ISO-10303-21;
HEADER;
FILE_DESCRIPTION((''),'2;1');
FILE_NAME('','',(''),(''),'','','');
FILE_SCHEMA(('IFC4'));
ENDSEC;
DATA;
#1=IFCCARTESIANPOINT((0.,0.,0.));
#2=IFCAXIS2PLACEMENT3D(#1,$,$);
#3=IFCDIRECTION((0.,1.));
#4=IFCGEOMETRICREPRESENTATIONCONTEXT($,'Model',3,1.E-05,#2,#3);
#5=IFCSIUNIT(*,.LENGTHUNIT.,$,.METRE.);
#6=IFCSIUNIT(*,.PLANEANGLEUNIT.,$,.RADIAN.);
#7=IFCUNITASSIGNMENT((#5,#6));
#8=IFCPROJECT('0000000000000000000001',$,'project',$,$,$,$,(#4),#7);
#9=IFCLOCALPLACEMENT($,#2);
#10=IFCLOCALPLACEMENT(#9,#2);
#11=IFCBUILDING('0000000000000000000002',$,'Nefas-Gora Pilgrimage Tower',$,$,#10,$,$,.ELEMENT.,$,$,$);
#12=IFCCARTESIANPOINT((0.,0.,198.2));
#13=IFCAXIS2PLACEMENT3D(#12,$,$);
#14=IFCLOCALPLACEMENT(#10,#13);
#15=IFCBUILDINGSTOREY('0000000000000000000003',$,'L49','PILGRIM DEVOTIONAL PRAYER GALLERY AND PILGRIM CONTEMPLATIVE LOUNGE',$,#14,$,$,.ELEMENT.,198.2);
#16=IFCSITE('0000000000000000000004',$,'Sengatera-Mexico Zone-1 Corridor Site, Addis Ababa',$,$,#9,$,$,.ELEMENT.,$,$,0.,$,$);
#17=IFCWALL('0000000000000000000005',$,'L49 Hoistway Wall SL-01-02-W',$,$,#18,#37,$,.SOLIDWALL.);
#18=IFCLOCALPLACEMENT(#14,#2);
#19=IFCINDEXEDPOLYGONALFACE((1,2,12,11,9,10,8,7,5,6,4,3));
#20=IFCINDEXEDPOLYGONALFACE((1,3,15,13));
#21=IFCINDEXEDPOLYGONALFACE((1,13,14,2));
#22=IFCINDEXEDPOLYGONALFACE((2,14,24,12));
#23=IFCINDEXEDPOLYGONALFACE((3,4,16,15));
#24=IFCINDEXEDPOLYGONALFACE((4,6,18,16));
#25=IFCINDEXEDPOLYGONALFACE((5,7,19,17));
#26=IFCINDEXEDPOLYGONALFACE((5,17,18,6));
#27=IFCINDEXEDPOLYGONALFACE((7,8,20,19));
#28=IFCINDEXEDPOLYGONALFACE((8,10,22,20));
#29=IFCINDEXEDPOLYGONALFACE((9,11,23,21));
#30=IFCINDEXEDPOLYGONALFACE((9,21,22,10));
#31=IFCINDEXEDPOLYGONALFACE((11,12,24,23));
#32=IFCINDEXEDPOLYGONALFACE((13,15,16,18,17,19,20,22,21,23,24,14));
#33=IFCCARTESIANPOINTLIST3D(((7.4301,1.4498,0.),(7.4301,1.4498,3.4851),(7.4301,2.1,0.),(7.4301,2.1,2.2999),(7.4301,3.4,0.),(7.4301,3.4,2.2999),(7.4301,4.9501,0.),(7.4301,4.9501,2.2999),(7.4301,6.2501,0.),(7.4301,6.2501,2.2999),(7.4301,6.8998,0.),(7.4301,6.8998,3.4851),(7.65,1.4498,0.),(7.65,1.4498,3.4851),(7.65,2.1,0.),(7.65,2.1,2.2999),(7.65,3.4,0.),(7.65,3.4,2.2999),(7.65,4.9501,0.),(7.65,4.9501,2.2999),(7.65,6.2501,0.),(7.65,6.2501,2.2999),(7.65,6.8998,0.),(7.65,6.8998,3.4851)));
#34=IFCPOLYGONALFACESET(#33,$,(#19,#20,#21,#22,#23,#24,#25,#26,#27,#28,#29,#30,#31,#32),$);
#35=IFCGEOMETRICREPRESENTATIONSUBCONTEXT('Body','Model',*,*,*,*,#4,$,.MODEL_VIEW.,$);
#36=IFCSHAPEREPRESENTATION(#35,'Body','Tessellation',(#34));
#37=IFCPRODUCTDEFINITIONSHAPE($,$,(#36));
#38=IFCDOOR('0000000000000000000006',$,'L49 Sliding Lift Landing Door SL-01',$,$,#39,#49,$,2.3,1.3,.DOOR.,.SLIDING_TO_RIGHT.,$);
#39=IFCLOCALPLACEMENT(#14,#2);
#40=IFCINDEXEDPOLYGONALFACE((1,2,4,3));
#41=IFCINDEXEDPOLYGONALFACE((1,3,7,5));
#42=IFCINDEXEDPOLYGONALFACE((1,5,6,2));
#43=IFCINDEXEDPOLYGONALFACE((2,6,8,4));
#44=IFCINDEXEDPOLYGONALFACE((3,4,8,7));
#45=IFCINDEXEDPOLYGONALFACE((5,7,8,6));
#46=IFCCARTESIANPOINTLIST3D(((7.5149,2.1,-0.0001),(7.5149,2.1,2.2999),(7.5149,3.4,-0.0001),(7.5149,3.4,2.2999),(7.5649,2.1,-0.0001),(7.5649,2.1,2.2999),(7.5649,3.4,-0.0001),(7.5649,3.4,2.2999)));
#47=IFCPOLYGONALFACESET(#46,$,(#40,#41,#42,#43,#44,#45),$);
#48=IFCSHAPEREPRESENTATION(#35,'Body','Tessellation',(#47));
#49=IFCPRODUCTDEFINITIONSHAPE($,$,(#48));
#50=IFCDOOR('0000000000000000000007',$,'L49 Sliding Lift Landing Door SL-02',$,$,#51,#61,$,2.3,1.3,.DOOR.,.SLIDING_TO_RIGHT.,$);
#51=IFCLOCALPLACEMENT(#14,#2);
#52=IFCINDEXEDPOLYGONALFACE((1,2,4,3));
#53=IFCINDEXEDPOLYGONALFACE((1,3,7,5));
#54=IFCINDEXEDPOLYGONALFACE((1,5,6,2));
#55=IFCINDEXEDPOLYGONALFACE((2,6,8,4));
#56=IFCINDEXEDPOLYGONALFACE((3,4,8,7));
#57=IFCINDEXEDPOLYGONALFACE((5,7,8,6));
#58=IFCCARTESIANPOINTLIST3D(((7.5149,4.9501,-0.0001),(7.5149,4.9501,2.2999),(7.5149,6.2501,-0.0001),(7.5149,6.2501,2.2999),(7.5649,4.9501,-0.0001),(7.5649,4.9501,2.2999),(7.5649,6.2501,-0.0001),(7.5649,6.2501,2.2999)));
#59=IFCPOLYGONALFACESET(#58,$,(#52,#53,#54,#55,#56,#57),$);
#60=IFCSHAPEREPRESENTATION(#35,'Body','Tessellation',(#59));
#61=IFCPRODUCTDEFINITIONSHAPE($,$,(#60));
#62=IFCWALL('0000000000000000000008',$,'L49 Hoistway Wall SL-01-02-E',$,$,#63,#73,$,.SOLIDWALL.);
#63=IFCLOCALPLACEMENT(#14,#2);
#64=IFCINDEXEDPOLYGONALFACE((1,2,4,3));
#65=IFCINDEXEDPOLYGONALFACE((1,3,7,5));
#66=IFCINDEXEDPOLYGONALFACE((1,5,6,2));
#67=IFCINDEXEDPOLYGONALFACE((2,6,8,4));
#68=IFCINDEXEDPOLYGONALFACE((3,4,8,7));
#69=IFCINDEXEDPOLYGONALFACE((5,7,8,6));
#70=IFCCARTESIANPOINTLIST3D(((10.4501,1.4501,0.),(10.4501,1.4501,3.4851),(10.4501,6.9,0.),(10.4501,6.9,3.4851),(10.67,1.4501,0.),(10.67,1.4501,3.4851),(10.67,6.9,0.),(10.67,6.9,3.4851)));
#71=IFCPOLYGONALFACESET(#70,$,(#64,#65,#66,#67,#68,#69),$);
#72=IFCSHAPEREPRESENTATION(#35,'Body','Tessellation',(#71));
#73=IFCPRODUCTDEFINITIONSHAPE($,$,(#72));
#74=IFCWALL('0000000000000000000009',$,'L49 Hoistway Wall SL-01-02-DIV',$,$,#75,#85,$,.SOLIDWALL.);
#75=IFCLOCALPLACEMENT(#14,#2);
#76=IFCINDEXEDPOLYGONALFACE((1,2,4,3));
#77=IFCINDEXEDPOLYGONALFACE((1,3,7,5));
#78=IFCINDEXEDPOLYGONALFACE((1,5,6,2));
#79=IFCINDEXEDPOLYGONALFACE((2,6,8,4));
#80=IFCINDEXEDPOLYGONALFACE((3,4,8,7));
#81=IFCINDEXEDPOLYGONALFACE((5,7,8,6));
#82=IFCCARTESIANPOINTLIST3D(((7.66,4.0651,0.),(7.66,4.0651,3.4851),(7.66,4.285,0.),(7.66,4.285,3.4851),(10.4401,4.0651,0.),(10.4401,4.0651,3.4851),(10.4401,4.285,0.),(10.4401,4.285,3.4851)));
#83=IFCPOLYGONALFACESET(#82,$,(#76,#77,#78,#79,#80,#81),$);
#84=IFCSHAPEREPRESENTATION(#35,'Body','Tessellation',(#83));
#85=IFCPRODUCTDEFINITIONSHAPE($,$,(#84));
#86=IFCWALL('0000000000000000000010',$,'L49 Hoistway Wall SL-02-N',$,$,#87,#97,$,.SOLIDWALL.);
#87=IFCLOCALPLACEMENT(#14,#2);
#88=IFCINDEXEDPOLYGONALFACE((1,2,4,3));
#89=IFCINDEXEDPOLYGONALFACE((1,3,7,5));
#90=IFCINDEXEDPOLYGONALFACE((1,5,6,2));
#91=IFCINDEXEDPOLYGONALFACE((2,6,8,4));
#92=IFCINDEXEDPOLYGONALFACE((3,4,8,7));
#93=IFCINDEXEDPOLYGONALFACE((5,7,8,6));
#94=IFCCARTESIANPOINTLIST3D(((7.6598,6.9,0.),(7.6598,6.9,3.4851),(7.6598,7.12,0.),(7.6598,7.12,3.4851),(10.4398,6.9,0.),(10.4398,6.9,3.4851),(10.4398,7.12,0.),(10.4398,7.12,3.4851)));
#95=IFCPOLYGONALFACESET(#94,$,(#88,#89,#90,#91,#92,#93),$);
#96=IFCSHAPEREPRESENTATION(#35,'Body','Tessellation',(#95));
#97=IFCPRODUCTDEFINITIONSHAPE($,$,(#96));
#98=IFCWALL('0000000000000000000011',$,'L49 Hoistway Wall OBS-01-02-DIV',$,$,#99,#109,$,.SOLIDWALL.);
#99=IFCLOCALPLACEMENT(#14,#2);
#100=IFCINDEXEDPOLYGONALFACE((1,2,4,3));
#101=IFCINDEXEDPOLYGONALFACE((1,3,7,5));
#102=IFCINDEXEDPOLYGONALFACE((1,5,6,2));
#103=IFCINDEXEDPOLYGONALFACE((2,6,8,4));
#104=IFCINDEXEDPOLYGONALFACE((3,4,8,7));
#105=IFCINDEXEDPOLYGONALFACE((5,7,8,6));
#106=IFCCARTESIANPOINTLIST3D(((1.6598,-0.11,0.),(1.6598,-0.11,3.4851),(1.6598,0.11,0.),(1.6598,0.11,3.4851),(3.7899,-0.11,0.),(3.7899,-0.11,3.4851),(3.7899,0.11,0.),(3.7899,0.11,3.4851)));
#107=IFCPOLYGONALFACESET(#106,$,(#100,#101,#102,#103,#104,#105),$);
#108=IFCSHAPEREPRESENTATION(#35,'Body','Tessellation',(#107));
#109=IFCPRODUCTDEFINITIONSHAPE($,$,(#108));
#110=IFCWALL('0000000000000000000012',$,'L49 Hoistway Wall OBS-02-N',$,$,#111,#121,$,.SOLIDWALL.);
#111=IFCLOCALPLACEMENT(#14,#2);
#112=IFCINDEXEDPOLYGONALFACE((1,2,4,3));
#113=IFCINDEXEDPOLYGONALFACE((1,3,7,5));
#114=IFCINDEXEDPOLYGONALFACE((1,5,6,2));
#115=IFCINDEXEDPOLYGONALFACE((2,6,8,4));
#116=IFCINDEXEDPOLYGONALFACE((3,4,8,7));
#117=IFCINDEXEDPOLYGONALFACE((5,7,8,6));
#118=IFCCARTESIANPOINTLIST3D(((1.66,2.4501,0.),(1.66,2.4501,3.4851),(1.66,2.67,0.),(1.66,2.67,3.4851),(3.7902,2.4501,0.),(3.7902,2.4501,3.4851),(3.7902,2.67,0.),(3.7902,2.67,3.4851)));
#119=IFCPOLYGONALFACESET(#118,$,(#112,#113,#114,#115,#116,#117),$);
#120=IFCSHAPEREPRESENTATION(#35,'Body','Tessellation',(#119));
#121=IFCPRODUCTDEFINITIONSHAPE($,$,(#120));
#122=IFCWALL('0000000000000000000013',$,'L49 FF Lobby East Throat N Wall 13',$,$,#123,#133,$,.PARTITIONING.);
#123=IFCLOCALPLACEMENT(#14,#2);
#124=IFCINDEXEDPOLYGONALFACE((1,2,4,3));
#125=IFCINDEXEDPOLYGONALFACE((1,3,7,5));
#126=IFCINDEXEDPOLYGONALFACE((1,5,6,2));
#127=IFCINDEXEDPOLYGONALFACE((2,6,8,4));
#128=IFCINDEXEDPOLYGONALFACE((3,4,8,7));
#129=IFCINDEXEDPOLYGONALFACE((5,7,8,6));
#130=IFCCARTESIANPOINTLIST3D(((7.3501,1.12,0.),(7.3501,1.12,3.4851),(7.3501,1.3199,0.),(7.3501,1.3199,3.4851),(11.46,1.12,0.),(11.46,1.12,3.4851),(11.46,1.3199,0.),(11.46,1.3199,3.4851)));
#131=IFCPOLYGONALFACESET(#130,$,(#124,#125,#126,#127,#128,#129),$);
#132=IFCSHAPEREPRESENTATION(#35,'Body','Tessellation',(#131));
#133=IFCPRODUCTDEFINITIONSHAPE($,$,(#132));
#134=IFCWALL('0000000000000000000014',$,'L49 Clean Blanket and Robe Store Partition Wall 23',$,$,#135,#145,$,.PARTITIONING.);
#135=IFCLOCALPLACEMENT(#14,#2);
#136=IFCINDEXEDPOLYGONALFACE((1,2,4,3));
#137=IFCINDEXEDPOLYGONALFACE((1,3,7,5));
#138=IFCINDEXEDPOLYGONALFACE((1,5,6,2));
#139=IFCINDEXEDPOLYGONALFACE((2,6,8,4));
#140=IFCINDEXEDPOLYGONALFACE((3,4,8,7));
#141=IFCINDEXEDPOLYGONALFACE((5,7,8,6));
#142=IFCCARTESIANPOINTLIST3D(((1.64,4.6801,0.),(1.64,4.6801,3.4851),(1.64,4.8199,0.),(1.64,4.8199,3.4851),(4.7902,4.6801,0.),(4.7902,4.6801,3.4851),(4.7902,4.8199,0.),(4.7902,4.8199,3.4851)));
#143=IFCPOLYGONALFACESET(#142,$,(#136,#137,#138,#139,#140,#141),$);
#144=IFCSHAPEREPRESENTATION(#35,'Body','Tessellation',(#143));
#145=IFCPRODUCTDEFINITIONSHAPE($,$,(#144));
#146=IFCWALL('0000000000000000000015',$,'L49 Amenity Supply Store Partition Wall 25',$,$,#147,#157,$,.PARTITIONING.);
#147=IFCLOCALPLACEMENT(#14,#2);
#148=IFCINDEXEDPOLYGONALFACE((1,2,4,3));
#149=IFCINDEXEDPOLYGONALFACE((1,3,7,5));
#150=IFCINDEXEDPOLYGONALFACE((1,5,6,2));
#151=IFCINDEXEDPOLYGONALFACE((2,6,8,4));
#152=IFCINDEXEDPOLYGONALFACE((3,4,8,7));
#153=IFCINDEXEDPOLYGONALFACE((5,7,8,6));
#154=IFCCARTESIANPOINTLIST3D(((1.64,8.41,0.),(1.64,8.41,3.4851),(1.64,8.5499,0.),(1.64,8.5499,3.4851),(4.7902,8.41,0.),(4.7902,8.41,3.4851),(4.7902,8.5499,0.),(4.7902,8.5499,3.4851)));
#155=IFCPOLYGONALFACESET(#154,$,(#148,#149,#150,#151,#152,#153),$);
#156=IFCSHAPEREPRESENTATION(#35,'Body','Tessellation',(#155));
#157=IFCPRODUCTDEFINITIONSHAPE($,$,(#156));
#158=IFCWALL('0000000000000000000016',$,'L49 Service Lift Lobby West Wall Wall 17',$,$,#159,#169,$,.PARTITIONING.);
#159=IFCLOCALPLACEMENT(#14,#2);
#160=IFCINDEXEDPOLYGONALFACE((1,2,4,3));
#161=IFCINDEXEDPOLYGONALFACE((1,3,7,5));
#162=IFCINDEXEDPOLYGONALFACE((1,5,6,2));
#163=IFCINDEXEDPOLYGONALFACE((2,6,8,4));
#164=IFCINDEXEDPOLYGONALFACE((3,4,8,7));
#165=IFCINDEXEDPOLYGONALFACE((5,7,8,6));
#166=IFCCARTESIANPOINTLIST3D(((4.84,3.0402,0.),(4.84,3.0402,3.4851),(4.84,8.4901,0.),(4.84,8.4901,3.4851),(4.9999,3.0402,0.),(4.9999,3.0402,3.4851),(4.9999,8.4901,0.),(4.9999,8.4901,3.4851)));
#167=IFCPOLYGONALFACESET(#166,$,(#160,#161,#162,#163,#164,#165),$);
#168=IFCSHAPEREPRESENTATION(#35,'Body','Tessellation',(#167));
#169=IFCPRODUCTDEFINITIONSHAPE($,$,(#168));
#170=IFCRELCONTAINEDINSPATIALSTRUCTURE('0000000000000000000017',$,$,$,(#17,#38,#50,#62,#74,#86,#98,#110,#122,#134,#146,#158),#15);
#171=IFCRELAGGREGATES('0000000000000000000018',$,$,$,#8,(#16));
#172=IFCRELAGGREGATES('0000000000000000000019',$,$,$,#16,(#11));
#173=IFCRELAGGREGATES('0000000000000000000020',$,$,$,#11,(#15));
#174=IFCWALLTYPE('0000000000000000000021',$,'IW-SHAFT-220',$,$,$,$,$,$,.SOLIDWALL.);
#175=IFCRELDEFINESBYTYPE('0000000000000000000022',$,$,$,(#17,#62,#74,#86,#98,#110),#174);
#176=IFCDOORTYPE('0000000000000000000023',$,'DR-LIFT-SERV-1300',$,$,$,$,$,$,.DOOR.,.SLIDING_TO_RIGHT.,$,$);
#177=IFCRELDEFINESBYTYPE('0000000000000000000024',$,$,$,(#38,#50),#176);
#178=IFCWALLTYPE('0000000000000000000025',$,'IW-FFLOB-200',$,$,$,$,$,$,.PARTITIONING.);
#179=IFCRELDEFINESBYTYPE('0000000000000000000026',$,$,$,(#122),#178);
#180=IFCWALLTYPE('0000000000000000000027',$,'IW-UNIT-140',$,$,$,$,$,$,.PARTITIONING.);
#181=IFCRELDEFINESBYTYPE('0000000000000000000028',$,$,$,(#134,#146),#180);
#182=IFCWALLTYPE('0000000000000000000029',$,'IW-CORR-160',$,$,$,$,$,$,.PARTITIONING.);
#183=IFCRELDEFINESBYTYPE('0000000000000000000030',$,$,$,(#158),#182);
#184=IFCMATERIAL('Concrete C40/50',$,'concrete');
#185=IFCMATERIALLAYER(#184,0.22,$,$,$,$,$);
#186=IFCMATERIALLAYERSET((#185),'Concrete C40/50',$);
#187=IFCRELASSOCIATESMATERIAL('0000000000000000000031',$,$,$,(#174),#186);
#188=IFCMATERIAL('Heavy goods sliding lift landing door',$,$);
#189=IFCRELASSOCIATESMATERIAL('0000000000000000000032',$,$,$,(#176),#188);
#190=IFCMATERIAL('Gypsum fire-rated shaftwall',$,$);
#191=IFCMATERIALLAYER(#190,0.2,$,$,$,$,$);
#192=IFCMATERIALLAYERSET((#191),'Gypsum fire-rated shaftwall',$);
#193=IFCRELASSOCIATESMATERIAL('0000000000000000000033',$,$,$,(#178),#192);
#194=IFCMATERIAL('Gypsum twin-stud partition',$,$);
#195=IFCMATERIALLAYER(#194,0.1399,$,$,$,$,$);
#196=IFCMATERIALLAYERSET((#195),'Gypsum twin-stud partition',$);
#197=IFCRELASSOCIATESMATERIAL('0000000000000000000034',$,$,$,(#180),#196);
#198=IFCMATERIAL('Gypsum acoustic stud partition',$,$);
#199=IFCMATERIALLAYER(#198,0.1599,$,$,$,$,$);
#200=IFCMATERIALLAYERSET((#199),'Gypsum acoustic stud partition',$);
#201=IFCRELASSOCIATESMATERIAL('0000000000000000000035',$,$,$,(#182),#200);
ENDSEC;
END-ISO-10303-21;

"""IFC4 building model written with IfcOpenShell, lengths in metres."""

from ifc_helpers import new_model, si_unit, direction, frame, frame_2d, origin, place, context, subcontext, project, spatial, rectangle, extrude, source, transform, mapped, material, layer, layer_set, type_object, element, fill, save


model = new_model("IFC4")

# Units and contexts
model_context = context("Model", 3, precision=1e-05, world=origin(), true_north=direction((0.0, 1.0)))
body_context = subcontext(model_context, "Body", "Model", "MODEL_VIEW")
ifc_project = project(units=[si_unit("LENGTHUNIT", "METRE"), si_unit("PLANEANGLEUNIT", "RADIAN")], contexts=[model_context])

# Site, building, storey
site_placement = place(None, origin())
site = spatial("IfcSite", under=ifc_project, at=site_placement, Name="Sengatera-Mexico Zone-1 Corridor Site, Addis Ababa", CompositionType="ELEMENT", RefElevation=0.0)
building_placement = place(site_placement, origin())
building = spatial("IfcBuilding", under=site, at=building_placement, Name="Nefas-Gora Pilgrimage Tower", CompositionType="ELEMENT")
storey_placement = place(building_placement, frame((0.0, 0.0, 198.2)))
storey = spatial("IfcBuildingStorey", under=building, at=storey_placement, Name="L49", Description="PILGRIM DEVOTIONAL PRAYER GALLERY AND PILGRIM CONTEMPLATIVE LOUNGE", CompositionType="ELEMENT", Elevation=198.2)

# Wall, openings, doors
ifc_material_1 = material(Name="Concrete C40/50", Category="concrete")
ifc_layer_1 = layer(ifc_material_1, 0.22)
ifc_layer_set_1 = layer_set([ifc_layer_1], Name="Concrete C40/50")
wall_type_1 = type_object("IfcWallType", Name="IW-SHAFT-220", PredefinedType="SOLIDWALL", material=ifc_layer_set_1)
shared_shape_1 = source(origin(), body_context, "Body", "SweptSolid", [
    extrude(rectangle(XDim=5.45, YDim=0.22, at=frame_2d((2.7251, 0.0))), origin(), (0.0, 0.0, 1.0), 3.4851),
])
wall_1_placement = place(storey_placement, frame((7.54, 6.8999, 0.0), z_axis=(0.0, 0.0, 1.0), x_axis=(0.0, -1.0, 0.0)))
wall_1 = element("IfcWall", 1, at=wall_1_placement, inside=storey, type_object=wall_type_1, Name="L49 Hoistway Wall SL-01-02-W", PredefinedType="SOLIDWALL", context=body_context, shape_type="MappedRepresentation", body=[
    mapped(shared_shape_1, transform((0.0, 0.0, 0.0), x_axis=(1.0, 0.0, 0.0), y_axis=(0.0, 1.0, 0.0), z_axis=(0.0, 0.0, 1.0), scale=1.0)),
])
opening_1_placement = place(wall_1_placement, frame((3.5, 0.0, 0.0)))
opening_1 = element("IfcOpeningElement", 2, at=opening_1_placement, cuts=wall_1, PredefinedType="OPENING", context=body_context, shape_type="SweptSolid", body=[
    extrude(rectangle(XDim=1.3, YDim=2.3, at=frame_2d((0.6499, 1.1499))), frame((0.0, 0.1199, 0.0), z_axis=(0.0, -1.0, 0.0), x_axis=(1.0, 0.0, 0.0)), (0.0, 0.0, 1.0), 0.24),
])
opening_2_placement = place(wall_1_placement, frame((0.6499, 0.0, 0.0)))
opening_2 = element("IfcOpeningElement", 3, at=opening_2_placement, cuts=wall_1, PredefinedType="OPENING", context=body_context, shape_type="SweptSolid", body=[
    extrude(rectangle(XDim=1.3, YDim=2.3, at=frame_2d((0.6499, 1.1499))), frame((0.0, 0.1199, 0.0), z_axis=(0.0, -1.0, 0.0), x_axis=(1.0, 0.0, 0.0)), (0.0, 0.0, 1.0), 0.24),
])
ifc_material_2 = material(Name="Heavy goods sliding lift landing door")
door_type_1 = type_object("IfcDoorType", Name="DR-LIFT-SERV-1300", OperationType="SLIDING_TO_RIGHT", PredefinedType="DOOR", material=ifc_material_2)
shared_shape_2 = source(origin(), body_context, "Body", "SweptSolid", [
    extrude(rectangle(XDim=1.3, YDim=2.3, at=frame_2d((0.6499, 1.1499))), frame((0.0, 0.0249, 0.0), z_axis=(0.0, -1.0, 0.0), x_axis=(1.0, 0.0, 0.0)), (0.0, 0.0, 1.0), 0.05),
])
door_1_placement = place(opening_1_placement, origin())
door_1 = element("IfcDoor", 4, at=door_1_placement, inside=storey, type_object=door_type_1, Name="L49 Sliding Lift Landing Door SL-01", OperationType="SLIDING_TO_RIGHT", OverallHeight=2.3, OverallWidth=1.3, PredefinedType="DOOR", context=body_context, shape_type="MappedRepresentation", body=[
    mapped(shared_shape_2, transform((0.0, 0.0, 0.0), x_axis=(1.0, 0.0, 0.0), y_axis=(0.0, 1.0, 0.0), z_axis=(0.0, 0.0, 1.0), scale=1.0)),
])
fill(opening_1, door_1)
door_2_placement = place(opening_2_placement, origin())
door_2 = element("IfcDoor", 5, at=door_2_placement, inside=storey, type_object=door_type_1, Name="L49 Sliding Lift Landing Door SL-02", OperationType="SLIDING_TO_RIGHT", OverallHeight=2.3, OverallWidth=1.3, PredefinedType="DOOR", context=body_context, shape_type="MappedRepresentation", body=[
    mapped(shared_shape_2, transform((0.0, 0.0, 0.0), x_axis=(1.0, 0.0, 0.0), y_axis=(0.0, 1.0, 0.0), z_axis=(0.0, 0.0, 1.0), scale=1.0)),
])
fill(opening_2, door_2)

# Walls
wall_2_placement = place(storey_placement, frame((10.5601, 1.45, 0.0), z_axis=(0.0, 0.0, 1.0), x_axis=(0.0, 1.0, 0.0)))
element("IfcWall", 6, at=wall_2_placement, inside=storey, type_object=wall_type_1, Name="L49 Hoistway Wall SL-01-02-E", PredefinedType="SOLIDWALL", context=body_context, shape_type="MappedRepresentation", body=[
    mapped(shared_shape_1, transform((0.0, 0.0, 0.0), x_axis=(1.0, 0.0, 0.0), y_axis=(0.0, 1.0, 0.0), z_axis=(0.0, 0.0, 1.0), scale=1.0)),
])
shared_shape_3 = source(origin(), body_context, "Body", "SweptSolid", [
    extrude(rectangle(XDim=2.78, YDim=0.22, at=frame_2d((1.3901, 0.0))), origin(), (0.0, 0.0, 1.0), 3.4851),
])
for number, where, z_axis, x_axis, name in (
    (7, (7.6599, 4.175, 0.0), (0.0, 0.0, 1.0), (1.0, 0.0, 0.0), "L49 Hoistway Wall SL-01-02-DIV"),
    (8, (10.4399, 7.01, 0.0), (0.0, 0.0, 1.0), (-1.0, 0.0, 0.0), "L49 Hoistway Wall SL-02-N"),
):
    element("IfcWall", number, at=place(storey_placement, frame(where, z_axis=z_axis, x_axis=x_axis)), inside=storey, type_object=wall_type_1, Name=name, PredefinedType="SOLIDWALL", context=body_context, shape_type="MappedRepresentation", body=[
        mapped(shared_shape_3, transform((0.0, 0.0, 0.0), x_axis=(1.0, 0.0, 0.0), y_axis=(0.0, 1.0, 0.0), z_axis=(0.0, 0.0, 1.0), scale=1.0)),
    ])
shared_shape_4 = source(origin(), body_context, "Body", "SweptSolid", [
    extrude(rectangle(XDim=2.1301, YDim=0.22, at=frame_2d((1.0649, 0.0))), origin(), (0.0, 0.0, 1.0), 3.4851),
])
for number, where, z_axis, x_axis, name in (
    (9, (1.6599, 0.0, 0.0), (0.0, 0.0, 1.0), (1.0, 0.0, 0.0), "L49 Hoistway Wall OBS-01-02-DIV"),
    (10, (3.79, 2.5601, 0.0), (0.0, 0.0, 1.0), (-1.0, 0.0, 0.0), "L49 Hoistway Wall OBS-02-N"),
):
    element("IfcWall", number, at=place(storey_placement, frame(where, z_axis=z_axis, x_axis=x_axis)), inside=storey, type_object=wall_type_1, Name=name, PredefinedType="SOLIDWALL", context=body_context, shape_type="MappedRepresentation", body=[
        mapped(shared_shape_4, transform((0.0, 0.0, 0.0), x_axis=(1.0, 0.0, 0.0), y_axis=(0.0, 1.0, 0.0), z_axis=(0.0, 0.0, 1.0), scale=1.0)),
    ])

# Shared definitions
ifc_material_3 = material(Name="Gypsum fire-rated shaftwall")
ifc_layer_2 = layer(ifc_material_3, 0.2)
ifc_layer_set_2 = layer_set([ifc_layer_2], Name="Gypsum fire-rated shaftwall")
wall_type_2 = type_object("IfcWallType", Name="IW-FFLOB-200", PredefinedType="PARTITIONING", material=ifc_layer_set_2)

# Walls
shared_shape_5 = source(origin(), body_context, "Body", "SweptSolid", [
    extrude(rectangle(XDim=4.1099, YDim=0.2, at=frame_2d((2.0549, 0.0))), origin(), (0.0, 0.0, 1.0), 3.4851),
])
wall_3_placement = place(storey_placement, frame((7.3501, 1.22, 0.0), z_axis=(0.0, 0.0, 1.0), x_axis=(1.0, 0.0, 0.0)))
element("IfcWall", 11, at=wall_3_placement, inside=storey, type_object=wall_type_2, Name="L49 FF Lobby East Throat N Wall 13", PredefinedType="PARTITIONING", context=body_context, shape_type="MappedRepresentation", body=[
    mapped(shared_shape_5, transform((0.0, 0.0, 0.0), x_axis=(1.0, 0.0, 0.0), y_axis=(0.0, 1.0, 0.0), z_axis=(0.0, 0.0, 1.0), scale=1.0)),
])
ifc_material_4 = material(Name="Gypsum twin-stud partition")
ifc_layer_3 = layer(ifc_material_4, 0.1399)
ifc_layer_set_3 = layer_set([ifc_layer_3], Name="Gypsum twin-stud partition")
wall_type_3 = type_object("IfcWallType", Name="IW-UNIT-140", PredefinedType="PARTITIONING", material=ifc_layer_set_3)
shared_shape_6 = source(origin(), body_context, "Body", "SweptSolid", [
    extrude(rectangle(XDim=3.1501, YDim=0.1399, at=frame_2d((1.5752, 0.0))), origin(), (0.0, 0.0, 1.0), 3.4851),
])
for number, where, z_axis, x_axis, name in (
    (12, (1.6399, 4.75, 0.0), (0.0, 0.0, 1.0), (1.0, 0.0, 0.0), "L49 Clean Blanket and Robe Store Partition Wall 23"),
    (13, (1.6399, 8.48, 0.0), (0.0, 0.0, 1.0), (1.0, 0.0, 0.0), "L49 Amenity Supply Store Partition Wall 25"),
):
    element("IfcWall", number, at=place(storey_placement, frame(where, z_axis=z_axis, x_axis=x_axis)), inside=storey, type_object=wall_type_3, Name=name, PredefinedType="PARTITIONING", context=body_context, shape_type="MappedRepresentation", body=[
        mapped(shared_shape_6, transform((0.0, 0.0, 0.0), x_axis=(1.0, 0.0, 0.0), y_axis=(0.0, 1.0, 0.0), z_axis=(0.0, 0.0, 1.0), scale=1.0)),
    ])
ifc_material_5 = material(Name="Gypsum acoustic stud partition")
ifc_layer_4 = layer(ifc_material_5, 0.1599)
ifc_layer_set_4 = layer_set([ifc_layer_4], Name="Gypsum acoustic stud partition")
wall_type_4 = type_object("IfcWallType", Name="IW-CORR-160", PredefinedType="PARTITIONING", material=ifc_layer_set_4)
shared_shape_7 = source(origin(), body_context, "Body", "SweptSolid", [
    extrude(rectangle(XDim=5.45, YDim=0.1599, at=frame_2d((2.7251, 0.0))), origin(), (0.0, 0.0, 1.0), 3.4851),
])
wall_4_placement = place(storey_placement, frame((4.9199, 3.04, 0.0), z_axis=(0.0, 0.0, 1.0), x_axis=(0.0, 1.0, 0.0)))
element("IfcWall", 14, at=wall_4_placement, inside=storey, type_object=wall_type_4, Name="L49 Service Lift Lobby West Wall Wall 17", PredefinedType="PARTITIONING", context=body_context, shape_type="MappedRepresentation", body=[
    mapped(shared_shape_7, transform((0.0, 0.0, 0.0), x_axis=(1.0, 0.0, 0.0), y_axis=(0.0, 1.0, 0.0), z_axis=(0.0, 0.0, 1.0), scale=1.0)),
])

save(model, "model.ifc")
